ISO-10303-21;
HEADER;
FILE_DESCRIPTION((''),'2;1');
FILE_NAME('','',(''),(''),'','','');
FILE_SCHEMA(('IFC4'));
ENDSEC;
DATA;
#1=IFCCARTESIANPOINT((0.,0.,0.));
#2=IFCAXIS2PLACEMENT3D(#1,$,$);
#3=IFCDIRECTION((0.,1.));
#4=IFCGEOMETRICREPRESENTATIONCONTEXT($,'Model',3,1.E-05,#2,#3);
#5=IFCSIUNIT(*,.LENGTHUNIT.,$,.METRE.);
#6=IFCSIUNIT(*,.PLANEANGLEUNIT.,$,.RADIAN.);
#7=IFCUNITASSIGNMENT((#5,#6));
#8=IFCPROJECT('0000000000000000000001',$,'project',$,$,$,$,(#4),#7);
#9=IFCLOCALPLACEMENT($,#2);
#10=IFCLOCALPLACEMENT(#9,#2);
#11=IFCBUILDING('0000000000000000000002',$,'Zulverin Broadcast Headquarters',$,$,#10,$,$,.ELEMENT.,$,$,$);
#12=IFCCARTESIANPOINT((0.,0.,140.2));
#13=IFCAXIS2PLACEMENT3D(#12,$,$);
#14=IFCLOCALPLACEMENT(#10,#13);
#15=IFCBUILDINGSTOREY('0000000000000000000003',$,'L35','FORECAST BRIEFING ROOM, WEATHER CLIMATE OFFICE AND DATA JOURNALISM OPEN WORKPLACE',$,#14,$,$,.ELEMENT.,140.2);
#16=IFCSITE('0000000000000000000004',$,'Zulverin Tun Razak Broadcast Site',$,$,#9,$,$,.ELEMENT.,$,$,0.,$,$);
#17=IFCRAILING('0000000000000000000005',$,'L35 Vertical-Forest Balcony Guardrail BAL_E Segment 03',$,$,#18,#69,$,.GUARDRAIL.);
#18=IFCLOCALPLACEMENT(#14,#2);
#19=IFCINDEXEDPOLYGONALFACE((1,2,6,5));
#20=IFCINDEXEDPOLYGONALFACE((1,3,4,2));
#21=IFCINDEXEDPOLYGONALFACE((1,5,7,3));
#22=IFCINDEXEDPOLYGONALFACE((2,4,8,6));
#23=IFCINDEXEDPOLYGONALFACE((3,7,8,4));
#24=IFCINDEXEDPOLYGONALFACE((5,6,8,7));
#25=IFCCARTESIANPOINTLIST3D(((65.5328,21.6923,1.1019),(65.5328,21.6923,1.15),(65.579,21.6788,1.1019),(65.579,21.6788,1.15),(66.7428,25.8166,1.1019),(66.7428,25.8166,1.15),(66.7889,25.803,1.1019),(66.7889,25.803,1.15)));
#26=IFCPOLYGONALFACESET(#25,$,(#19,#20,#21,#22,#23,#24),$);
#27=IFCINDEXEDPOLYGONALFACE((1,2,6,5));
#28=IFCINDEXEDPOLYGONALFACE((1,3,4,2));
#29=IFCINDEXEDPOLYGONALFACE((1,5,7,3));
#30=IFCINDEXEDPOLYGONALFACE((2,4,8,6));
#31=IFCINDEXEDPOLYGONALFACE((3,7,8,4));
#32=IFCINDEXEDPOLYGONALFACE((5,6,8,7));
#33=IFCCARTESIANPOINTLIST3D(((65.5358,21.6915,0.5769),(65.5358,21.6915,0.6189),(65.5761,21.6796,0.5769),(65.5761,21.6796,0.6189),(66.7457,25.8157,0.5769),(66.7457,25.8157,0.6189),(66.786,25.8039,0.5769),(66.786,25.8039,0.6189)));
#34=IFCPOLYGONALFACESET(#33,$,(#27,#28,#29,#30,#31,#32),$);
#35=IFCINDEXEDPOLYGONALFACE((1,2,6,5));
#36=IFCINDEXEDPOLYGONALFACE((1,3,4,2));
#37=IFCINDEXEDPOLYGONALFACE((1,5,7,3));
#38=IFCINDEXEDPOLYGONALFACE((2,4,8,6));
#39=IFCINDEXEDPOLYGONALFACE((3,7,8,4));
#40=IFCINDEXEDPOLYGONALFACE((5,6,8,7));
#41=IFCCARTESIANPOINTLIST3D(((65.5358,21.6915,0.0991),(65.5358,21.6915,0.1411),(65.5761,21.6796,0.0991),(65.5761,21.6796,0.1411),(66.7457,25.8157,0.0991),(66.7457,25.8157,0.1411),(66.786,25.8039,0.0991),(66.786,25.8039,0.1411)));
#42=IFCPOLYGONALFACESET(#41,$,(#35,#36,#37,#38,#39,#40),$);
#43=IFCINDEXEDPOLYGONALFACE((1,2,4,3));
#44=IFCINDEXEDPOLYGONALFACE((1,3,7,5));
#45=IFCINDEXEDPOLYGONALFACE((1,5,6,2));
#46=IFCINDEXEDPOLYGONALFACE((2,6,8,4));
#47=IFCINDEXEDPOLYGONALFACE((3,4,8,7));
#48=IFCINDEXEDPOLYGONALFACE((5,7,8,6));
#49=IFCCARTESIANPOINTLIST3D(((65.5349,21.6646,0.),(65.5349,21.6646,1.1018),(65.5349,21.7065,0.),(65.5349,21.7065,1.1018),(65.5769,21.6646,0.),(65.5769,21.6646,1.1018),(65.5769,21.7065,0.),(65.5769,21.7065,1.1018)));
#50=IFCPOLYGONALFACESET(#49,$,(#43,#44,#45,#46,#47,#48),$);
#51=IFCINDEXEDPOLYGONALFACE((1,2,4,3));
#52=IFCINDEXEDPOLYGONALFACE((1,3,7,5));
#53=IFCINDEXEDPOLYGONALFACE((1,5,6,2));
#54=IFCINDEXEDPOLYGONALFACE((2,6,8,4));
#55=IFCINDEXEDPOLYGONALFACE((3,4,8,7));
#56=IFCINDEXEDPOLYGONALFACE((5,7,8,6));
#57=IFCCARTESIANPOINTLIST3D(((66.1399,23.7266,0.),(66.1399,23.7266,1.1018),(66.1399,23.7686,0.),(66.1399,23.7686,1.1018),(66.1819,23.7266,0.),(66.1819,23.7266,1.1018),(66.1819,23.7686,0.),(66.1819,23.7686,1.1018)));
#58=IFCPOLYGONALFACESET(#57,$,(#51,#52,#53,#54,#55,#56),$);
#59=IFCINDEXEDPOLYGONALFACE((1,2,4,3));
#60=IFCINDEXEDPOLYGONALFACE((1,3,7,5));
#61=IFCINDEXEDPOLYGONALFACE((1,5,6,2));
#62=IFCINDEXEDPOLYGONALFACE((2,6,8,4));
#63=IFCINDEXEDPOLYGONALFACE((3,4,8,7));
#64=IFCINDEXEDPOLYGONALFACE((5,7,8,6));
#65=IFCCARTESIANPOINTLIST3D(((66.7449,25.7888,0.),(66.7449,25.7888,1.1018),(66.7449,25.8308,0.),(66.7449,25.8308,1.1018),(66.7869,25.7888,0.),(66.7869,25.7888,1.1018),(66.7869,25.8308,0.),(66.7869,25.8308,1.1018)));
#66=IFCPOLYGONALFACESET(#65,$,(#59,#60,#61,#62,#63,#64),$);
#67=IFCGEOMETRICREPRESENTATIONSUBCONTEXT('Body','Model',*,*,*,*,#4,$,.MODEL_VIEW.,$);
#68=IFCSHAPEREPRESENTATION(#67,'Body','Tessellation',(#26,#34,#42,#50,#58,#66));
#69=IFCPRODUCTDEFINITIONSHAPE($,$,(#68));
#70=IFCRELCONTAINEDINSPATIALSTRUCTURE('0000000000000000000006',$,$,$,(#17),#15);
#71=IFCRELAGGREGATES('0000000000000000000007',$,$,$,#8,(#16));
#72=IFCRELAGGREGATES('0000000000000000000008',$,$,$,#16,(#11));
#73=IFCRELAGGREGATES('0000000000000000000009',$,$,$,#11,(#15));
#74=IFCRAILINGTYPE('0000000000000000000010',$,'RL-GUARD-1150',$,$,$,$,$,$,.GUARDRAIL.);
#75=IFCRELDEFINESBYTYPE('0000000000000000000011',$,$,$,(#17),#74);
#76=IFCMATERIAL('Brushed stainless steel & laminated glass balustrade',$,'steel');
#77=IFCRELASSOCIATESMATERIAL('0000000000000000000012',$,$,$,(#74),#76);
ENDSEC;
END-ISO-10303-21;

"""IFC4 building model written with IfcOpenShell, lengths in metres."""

from ifc_helpers import new_model, si_unit, direction, frame, origin, origin_2d, place, context, subcontext, project, spatial, rectangle, extrude, material, type_object, element, save


model = new_model("IFC4")

# Units and contexts
model_context = context("Model", 3, precision=1e-05, world=origin(), true_north=direction((0.0, 1.0)))
body_context = subcontext(model_context, "Body", "Model", "MODEL_VIEW")
ifc_project = project(units=[si_unit("LENGTHUNIT", "METRE"), si_unit("PLANEANGLEUNIT", "RADIAN")], contexts=[model_context])

# Site, building, storey
site_placement = place(None, origin())
site = spatial("IfcSite", under=ifc_project, at=site_placement, Name="Zulverin Tun Razak Broadcast Site", CompositionType="ELEMENT", RefElevation=0.0)
building_placement = place(site_placement, origin())
building = spatial("IfcBuilding", under=site, at=building_placement, Name="Zulverin Broadcast Headquarters", CompositionType="ELEMENT")
storey_placement = place(building_placement, frame((0.0, 0.0, 140.2)))
storey = spatial("IfcBuildingStorey", under=building, at=storey_placement, Name="L35", Description="FORECAST BRIEFING ROOM, WEATHER CLIMATE OFFICE AND DATA JOURNALISM OPEN WORKPLACE", CompositionType="ELEMENT", Elevation=140.2)

# Railing
ifc_material_1 = material(Name="Brushed stainless steel & laminated glass balustrade", Category="steel")
railing_type = type_object("IfcRailingType", Name="RL-GUARD-1150", PredefinedType="GUARDRAIL", material=ifc_material_1)
railing_1_placement = place(storey_placement, frame((65.5559, 21.6855, 0.0)))
element("IfcRailing", 1, at=railing_1_placement, inside=storey, type_object=railing_type, Name="L35 Vertical-Forest Balcony Guardrail BAL_E Segment 03", PredefinedType="GUARDRAIL", context=body_context, shape_type="SweptSolid", body=[
    extrude(rectangle(XDim=0.0481, YDim=0.0481, at=origin_2d()), frame((0.0, 0.0, 1.126), z_axis=(0.281511, 0.959558, 0.0), x_axis=(-0.959558, 0.281511, 0.0)), (0.0, 0.0, 1.0), 4.2981),
    extrude(rectangle(XDim=0.042, YDim=0.042, at=origin_2d()), frame((0.0, 0.0, 0.5979), z_axis=(0.281511, 0.959558, 0.0), x_axis=(-0.959558, 0.281511, 0.0)), (0.0, 0.0, 1.0), 4.2981),
    extrude(rectangle(XDim=0.042, YDim=0.042, at=origin_2d()), frame((0.0, 0.0, 0.1201), z_axis=(0.281511, 0.959558, 0.0), x_axis=(-0.959558, 0.281511, 0.0)), (0.0, 0.0, 1.0), 4.2981),
    extrude(rectangle(XDim=0.042, YDim=0.042, at=origin_2d()), origin(), (0.0, 0.0, 1.0), 1.1018),
    extrude(rectangle(XDim=0.042, YDim=0.042, at=origin_2d()), frame((0.605, 2.062, 0.0)), (0.0, 0.0, 1.0), 1.1018),
    extrude(rectangle(XDim=0.042, YDim=0.042, at=origin_2d()), frame((1.21, 4.1243, 0.0)), (0.0, 0.0, 1.0), 1.1018),
])

save(model, "model.ifc")
